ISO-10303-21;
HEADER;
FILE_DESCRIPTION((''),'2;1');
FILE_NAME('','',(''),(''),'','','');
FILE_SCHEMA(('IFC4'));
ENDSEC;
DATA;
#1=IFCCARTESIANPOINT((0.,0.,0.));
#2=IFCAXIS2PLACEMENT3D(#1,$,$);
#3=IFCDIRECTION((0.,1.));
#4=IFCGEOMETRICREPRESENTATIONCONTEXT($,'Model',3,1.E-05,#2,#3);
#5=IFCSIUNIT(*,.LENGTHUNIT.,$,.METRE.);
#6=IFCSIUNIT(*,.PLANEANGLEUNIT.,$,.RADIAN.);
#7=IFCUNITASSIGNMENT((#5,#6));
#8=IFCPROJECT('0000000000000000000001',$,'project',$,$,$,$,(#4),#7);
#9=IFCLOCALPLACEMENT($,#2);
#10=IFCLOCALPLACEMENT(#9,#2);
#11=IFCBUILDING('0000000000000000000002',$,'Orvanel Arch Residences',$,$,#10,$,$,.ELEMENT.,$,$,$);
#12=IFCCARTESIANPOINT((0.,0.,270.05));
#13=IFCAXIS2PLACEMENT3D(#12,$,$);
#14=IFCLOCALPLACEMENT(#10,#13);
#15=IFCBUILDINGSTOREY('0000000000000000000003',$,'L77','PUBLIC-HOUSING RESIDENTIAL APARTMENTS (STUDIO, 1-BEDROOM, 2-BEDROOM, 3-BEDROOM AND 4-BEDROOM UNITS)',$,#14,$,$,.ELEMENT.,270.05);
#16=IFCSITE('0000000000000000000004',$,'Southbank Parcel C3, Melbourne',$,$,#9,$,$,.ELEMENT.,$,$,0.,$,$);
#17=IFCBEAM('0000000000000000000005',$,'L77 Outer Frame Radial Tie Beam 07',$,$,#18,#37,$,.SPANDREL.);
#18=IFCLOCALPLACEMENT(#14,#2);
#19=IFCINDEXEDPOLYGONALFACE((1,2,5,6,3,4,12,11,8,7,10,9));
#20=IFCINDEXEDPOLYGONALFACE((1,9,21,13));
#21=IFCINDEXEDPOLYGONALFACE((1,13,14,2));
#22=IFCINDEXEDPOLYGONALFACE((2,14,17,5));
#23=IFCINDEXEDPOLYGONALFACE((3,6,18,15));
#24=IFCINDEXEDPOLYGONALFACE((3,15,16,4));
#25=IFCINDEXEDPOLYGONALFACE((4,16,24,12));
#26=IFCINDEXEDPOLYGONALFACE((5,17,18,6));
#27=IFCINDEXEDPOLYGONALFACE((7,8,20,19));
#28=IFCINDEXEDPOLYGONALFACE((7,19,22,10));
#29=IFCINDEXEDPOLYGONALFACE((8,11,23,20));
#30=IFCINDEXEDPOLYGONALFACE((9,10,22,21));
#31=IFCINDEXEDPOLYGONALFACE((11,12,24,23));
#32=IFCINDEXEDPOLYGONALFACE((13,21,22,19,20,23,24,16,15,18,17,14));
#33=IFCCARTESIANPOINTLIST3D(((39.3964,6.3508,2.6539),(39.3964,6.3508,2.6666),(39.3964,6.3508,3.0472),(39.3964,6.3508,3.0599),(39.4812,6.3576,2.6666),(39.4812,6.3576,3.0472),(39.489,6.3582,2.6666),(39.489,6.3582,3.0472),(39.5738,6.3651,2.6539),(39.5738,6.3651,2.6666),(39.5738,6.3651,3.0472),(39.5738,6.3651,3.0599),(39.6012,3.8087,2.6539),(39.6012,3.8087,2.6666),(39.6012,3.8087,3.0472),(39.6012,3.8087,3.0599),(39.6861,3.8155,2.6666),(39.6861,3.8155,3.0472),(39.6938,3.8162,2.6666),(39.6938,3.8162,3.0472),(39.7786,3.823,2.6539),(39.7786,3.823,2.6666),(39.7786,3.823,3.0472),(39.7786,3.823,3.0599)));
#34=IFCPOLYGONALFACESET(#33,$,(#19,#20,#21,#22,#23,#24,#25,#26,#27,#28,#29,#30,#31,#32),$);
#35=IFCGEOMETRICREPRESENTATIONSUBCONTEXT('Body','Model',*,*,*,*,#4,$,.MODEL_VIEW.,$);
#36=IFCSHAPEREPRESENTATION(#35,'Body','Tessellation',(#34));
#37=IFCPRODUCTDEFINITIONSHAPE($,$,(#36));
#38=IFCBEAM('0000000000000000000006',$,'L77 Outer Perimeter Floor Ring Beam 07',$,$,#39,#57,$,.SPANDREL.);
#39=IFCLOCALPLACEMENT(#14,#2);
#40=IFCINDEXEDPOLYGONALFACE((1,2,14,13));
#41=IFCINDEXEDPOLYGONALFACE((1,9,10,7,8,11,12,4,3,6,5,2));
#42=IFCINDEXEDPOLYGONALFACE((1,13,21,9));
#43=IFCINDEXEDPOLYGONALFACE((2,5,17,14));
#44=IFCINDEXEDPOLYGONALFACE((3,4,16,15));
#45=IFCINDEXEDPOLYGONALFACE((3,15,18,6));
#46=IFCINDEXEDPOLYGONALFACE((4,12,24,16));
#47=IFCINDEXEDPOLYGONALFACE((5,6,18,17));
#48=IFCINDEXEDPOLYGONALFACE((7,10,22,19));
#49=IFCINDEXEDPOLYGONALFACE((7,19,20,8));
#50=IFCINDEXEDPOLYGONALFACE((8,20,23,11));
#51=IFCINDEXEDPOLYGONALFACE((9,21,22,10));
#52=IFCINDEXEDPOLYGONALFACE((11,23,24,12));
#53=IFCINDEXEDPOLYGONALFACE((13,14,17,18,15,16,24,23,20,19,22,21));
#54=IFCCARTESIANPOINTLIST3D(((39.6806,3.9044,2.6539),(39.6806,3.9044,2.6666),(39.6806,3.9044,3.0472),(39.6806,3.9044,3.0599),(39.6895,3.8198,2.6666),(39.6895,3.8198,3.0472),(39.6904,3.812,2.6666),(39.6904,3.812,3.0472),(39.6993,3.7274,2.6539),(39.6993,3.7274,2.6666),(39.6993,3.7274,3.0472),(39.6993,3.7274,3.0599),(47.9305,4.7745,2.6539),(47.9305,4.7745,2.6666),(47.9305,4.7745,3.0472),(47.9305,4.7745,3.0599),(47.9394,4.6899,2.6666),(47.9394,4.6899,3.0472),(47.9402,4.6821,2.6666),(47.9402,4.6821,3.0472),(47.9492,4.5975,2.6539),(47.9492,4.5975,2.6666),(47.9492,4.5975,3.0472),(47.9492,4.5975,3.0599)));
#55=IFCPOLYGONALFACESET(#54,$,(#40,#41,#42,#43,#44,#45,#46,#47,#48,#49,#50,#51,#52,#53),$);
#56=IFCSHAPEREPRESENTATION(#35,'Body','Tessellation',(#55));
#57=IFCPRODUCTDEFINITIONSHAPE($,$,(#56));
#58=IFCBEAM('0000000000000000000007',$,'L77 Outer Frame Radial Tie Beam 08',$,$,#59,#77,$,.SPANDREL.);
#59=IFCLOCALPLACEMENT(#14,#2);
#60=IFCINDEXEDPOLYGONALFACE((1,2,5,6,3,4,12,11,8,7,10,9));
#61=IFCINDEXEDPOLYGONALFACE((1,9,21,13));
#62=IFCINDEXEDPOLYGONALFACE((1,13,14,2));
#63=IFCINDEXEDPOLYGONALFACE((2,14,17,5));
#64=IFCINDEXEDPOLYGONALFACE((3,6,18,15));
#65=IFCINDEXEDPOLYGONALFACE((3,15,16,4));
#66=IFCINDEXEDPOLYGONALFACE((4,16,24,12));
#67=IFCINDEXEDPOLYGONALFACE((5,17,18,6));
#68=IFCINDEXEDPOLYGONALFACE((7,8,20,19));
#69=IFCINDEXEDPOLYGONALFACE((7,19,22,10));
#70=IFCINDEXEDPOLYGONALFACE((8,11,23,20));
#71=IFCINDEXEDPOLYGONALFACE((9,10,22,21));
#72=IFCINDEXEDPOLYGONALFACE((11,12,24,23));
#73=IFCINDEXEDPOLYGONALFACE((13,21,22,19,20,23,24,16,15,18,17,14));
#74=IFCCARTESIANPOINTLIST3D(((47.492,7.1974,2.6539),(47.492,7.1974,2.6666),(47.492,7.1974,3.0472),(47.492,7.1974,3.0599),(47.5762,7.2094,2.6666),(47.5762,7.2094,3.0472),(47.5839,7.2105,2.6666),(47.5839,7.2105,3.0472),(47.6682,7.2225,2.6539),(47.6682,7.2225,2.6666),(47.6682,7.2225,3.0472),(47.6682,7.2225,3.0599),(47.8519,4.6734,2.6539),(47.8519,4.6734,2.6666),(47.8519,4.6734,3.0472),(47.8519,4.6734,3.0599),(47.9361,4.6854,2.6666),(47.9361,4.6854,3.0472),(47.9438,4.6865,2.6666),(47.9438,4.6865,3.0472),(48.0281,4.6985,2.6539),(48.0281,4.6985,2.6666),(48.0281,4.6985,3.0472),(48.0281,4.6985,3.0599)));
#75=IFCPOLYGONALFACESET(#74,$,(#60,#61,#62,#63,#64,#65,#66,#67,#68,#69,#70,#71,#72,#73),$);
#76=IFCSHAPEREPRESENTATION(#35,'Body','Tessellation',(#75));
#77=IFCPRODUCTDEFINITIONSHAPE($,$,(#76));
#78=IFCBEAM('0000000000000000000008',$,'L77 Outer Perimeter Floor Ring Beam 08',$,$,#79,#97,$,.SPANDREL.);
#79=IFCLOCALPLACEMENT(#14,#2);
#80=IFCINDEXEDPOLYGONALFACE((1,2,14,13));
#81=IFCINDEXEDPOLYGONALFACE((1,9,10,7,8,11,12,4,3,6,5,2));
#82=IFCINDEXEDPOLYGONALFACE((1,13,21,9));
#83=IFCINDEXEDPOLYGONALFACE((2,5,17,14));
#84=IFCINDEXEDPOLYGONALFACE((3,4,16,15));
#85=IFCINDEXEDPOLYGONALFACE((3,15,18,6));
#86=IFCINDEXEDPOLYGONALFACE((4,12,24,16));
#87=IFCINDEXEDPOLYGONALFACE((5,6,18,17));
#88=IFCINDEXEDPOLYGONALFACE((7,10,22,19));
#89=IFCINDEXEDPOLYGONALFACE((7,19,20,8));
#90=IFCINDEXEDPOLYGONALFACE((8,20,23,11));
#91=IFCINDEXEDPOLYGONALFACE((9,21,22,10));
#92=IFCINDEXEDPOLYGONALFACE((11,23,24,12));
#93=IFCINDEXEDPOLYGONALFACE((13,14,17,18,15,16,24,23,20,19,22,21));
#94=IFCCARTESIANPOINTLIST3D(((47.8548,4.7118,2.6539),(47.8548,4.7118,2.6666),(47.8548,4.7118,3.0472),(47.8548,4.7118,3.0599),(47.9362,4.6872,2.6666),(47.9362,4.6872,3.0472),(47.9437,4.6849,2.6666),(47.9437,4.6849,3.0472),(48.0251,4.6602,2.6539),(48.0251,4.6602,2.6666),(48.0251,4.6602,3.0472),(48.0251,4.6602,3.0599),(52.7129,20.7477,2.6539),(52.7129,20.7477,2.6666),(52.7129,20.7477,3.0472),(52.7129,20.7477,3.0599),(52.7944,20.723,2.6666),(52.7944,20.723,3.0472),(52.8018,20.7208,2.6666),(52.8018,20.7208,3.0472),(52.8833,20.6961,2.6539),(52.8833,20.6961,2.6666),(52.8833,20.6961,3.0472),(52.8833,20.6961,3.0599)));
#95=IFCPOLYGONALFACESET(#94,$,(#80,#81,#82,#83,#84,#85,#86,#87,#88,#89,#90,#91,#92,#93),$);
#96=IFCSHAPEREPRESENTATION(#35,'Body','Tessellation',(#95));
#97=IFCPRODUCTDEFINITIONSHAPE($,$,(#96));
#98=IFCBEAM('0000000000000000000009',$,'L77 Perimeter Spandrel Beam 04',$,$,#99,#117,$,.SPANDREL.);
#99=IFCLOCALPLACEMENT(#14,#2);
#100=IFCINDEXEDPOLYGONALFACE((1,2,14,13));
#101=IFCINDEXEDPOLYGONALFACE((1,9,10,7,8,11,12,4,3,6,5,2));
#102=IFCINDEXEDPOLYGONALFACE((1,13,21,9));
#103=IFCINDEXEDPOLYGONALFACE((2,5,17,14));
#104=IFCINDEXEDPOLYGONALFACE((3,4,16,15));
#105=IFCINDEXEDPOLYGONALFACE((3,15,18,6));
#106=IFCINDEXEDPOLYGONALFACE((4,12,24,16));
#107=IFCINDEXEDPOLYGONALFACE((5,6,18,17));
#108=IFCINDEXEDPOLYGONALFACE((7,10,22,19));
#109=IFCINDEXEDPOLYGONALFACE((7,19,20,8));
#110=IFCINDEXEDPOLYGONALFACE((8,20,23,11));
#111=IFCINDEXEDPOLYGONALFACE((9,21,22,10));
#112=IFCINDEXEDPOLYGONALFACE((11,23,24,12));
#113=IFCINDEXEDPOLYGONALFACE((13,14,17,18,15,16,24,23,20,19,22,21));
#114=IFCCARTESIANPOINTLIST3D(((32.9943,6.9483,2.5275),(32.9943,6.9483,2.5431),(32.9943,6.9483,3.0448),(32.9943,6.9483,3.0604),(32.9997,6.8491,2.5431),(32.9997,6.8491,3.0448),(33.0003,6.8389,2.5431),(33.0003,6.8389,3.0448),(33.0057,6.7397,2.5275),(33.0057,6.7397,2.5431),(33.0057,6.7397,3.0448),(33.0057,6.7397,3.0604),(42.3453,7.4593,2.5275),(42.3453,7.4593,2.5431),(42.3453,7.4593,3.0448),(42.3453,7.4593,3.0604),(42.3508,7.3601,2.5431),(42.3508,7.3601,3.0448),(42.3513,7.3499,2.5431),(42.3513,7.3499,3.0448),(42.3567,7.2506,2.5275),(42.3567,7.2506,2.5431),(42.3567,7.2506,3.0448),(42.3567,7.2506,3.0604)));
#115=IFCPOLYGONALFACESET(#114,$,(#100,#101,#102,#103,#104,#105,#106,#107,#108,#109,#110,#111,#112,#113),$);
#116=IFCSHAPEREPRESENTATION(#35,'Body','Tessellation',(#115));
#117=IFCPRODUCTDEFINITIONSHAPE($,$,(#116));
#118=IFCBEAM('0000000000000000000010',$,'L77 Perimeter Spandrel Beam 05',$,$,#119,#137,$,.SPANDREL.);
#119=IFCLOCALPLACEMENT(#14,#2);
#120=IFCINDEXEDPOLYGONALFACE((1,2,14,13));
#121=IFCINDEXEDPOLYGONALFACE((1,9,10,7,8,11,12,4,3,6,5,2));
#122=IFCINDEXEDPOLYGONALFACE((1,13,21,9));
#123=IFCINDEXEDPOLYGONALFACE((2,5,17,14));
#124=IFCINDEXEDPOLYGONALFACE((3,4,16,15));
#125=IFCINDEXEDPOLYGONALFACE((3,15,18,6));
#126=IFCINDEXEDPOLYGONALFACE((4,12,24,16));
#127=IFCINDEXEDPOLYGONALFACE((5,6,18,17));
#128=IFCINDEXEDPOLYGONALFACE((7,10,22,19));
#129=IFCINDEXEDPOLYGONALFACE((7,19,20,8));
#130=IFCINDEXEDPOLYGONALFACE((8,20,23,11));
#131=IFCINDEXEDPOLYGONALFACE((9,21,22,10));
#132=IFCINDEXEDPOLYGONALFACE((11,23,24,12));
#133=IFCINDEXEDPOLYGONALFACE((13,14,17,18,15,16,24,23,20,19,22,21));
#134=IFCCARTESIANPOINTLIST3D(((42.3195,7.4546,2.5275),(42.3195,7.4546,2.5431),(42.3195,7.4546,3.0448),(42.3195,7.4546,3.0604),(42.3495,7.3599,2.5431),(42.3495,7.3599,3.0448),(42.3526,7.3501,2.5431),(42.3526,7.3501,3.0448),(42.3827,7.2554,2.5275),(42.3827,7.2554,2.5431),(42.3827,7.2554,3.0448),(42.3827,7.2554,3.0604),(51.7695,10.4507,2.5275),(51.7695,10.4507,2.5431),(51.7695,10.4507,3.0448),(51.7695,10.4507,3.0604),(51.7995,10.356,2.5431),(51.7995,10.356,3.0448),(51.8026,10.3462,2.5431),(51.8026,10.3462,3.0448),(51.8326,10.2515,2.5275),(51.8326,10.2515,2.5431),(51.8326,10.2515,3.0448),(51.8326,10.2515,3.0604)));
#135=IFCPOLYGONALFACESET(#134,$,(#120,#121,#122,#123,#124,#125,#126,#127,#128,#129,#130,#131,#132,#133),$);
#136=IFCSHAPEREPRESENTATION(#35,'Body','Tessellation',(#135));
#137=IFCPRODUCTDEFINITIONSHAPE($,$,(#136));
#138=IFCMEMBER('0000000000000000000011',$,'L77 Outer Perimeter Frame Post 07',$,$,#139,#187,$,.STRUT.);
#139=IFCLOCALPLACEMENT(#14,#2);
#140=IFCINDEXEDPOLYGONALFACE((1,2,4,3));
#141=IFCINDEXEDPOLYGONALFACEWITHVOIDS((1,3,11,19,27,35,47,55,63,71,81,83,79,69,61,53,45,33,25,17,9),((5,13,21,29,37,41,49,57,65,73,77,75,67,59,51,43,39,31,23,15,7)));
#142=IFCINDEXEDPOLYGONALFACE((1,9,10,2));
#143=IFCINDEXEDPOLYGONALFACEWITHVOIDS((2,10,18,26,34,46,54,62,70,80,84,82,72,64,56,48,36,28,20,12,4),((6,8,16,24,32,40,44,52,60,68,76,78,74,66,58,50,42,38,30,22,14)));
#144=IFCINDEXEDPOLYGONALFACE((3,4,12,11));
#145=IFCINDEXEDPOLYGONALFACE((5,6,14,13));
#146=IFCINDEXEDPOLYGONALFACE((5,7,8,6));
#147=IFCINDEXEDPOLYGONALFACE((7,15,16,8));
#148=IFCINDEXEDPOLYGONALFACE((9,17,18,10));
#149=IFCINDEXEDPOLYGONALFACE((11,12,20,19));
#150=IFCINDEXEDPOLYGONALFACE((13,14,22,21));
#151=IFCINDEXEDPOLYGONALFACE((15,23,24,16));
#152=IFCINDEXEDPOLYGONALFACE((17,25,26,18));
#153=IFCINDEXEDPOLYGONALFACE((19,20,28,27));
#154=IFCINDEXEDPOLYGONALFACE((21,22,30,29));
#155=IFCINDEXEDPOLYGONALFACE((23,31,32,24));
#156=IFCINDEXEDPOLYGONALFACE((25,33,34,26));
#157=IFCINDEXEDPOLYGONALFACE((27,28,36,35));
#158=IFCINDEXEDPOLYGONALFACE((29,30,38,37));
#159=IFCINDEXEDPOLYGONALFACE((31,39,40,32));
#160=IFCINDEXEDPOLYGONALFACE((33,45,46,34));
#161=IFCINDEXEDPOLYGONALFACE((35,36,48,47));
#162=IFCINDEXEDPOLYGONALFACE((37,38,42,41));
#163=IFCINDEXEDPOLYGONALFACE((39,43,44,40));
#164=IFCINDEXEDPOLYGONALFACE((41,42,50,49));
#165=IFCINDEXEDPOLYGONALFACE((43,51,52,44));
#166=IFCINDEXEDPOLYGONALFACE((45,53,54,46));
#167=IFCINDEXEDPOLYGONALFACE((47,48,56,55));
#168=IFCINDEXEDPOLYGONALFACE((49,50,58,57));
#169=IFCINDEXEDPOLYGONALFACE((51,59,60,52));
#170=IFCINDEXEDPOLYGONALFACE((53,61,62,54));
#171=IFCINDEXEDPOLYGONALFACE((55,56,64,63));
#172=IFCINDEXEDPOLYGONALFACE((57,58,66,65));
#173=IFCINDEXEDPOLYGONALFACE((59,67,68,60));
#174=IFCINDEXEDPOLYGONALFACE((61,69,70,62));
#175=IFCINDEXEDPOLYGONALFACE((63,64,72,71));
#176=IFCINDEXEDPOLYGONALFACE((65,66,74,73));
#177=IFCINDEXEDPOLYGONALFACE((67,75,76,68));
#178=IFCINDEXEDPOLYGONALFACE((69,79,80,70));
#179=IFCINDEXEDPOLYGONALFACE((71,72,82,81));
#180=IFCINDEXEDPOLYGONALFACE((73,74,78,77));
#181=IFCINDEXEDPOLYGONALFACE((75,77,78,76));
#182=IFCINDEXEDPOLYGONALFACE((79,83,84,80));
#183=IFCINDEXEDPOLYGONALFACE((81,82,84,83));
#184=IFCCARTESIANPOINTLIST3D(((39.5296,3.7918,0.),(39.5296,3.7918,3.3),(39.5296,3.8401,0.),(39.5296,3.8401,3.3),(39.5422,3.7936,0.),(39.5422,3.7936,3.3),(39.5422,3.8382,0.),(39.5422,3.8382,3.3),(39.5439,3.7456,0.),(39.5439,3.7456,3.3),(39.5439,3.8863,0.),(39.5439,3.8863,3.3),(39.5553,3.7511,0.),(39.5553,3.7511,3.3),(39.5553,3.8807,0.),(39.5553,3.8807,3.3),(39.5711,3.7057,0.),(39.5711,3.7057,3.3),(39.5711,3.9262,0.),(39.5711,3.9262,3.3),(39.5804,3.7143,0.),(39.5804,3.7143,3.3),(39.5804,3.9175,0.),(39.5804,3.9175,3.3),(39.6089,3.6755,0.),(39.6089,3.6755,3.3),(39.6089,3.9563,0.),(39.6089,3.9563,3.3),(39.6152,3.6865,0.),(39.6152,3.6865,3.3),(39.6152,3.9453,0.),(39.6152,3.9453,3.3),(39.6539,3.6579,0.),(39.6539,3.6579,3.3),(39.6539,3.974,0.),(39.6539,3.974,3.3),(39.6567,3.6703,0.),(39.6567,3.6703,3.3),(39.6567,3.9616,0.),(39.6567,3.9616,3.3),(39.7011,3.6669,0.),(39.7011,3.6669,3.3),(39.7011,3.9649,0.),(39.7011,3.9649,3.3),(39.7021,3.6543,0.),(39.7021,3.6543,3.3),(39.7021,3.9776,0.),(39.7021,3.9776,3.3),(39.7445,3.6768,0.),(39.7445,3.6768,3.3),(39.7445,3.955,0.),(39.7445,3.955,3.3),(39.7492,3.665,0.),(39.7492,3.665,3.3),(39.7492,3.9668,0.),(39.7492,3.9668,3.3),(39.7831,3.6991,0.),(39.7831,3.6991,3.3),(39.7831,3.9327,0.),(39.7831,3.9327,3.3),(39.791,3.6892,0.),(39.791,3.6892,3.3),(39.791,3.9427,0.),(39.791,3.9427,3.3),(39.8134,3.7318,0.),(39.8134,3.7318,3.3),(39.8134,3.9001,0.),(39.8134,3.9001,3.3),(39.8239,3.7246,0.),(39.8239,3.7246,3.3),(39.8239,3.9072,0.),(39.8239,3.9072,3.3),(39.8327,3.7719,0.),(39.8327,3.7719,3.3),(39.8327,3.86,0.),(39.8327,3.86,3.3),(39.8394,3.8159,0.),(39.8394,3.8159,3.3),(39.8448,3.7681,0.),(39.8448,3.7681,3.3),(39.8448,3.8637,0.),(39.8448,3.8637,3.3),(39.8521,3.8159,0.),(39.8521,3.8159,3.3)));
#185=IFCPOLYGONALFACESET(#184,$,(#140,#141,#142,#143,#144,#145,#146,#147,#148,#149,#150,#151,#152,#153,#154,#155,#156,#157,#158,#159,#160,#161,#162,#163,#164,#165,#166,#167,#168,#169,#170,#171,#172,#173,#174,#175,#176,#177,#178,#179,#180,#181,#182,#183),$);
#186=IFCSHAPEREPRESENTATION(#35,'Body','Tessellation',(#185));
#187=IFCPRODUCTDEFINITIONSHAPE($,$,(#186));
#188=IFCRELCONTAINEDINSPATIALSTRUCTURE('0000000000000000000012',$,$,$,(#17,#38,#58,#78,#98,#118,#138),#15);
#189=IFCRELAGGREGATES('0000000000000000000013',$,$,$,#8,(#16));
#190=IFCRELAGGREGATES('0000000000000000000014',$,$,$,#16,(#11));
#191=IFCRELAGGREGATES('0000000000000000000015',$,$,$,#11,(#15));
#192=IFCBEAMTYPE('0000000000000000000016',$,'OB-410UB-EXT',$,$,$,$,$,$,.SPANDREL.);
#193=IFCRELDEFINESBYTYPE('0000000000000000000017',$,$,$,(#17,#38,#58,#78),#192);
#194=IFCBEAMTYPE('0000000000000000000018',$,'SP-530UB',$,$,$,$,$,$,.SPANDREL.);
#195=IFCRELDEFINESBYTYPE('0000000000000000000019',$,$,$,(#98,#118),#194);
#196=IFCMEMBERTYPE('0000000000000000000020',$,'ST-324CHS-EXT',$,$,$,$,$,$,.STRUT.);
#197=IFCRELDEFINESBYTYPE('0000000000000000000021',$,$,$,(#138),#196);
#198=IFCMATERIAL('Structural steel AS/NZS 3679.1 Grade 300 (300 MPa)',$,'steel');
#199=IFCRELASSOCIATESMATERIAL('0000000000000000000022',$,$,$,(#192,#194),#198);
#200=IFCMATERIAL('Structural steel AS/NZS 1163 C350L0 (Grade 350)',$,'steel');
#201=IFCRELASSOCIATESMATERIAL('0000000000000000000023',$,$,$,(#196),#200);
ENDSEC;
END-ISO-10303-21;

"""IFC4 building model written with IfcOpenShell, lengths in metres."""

from ifc_helpers import new_model, si_unit, direction, frame, origin, origin_2d, place, context, subcontext, project, spatial, hollow_circle, i_section, extrude, material, material_profile, profile_set, type_object, element, save


model = new_model("IFC4")

# Units and contexts
model_context = context("Model", 3, precision=1e-05, world=origin(), true_north=direction((0.0, 1.0)))
body_context = subcontext(model_context, "Body", "Model", "MODEL_VIEW")
ifc_project = project(units=[si_unit("LENGTHUNIT", "METRE"), si_unit("PLANEANGLEUNIT", "RADIAN")], contexts=[model_context])

# Site, building, storey
site_placement = place(None, origin())
site = spatial("IfcSite", under=ifc_project, at=site_placement, Name="Southbank Parcel C3, Melbourne", CompositionType="ELEMENT", RefElevation=0.0)
building_placement = place(site_placement, origin())
building = spatial("IfcBuilding", under=site, at=building_placement, Name="Orvanel Arch Residences", CompositionType="ELEMENT")
storey_placement = place(building_placement, frame((0.0, 0.0, 270.05)))
storey = spatial("IfcBuildingStorey", under=building, at=storey_placement, Name="L77", Description="PUBLIC-HOUSING RESIDENTIAL APARTMENTS (STUDIO, 1-BEDROOM, 2-BEDROOM, 3-BEDROOM AND 4-BEDROOM UNITS)", CompositionType="ELEMENT", Elevation=270.05)

# Shared definitions
ifc_material_1 = material(Name="Structural steel AS/NZS 1163 C350L0 (Grade 350)", Category="steel")

# Beams
ifc_material_2 = material(Name="Structural steel AS/NZS 3679.1 Grade 300 (300 MPa)", Category="steel")
ifc_material_profile_1 = material_profile(ifc_material_2, i_section(OverallWidth=0.178, OverallDepth=0.406, WebThickness=0.0078, FlangeThickness=0.0127, at=origin_2d()), Name="410UB59.7")
ifc_profile_set_1 = profile_set([ifc_material_profile_1], Name="Structural steel AS/NZS 3679.1 Grade 300 (300 MPa)")
beam_type_1 = type_object("IfcBeamType", Name="OB-410UB-EXT", PredefinedType="SPANDREL", material=ifc_profile_set_1)
beam_1_placement = place(storey_placement, frame((39.4851, 6.3579, 2.8569), z_axis=(0.08032, -0.996769, 0.0), x_axis=(0.996769, 0.08032, 0.0)))
element("IfcBeam", 1, at=beam_1_placement, inside=storey, type_object=beam_type_1, Name="L77 Outer Frame Radial Tie Beam 07", PredefinedType="SPANDREL", context=body_context, shape_type="SweptSolid", body=[
    extrude(i_section(OverallWidth=0.178, OverallDepth=0.406, WebThickness=0.0078, FlangeThickness=0.0127, at=origin_2d()), origin(), (0.0, 0.0, 1.0), 2.5503),
])
beam_2_placement = place(storey_placement, frame((39.6899, 3.8159, 2.8569), z_axis=(0.994484, 0.104887, 0.0), x_axis=(-0.104887, 0.994484, 0.0)))
element("IfcBeam", 2, at=beam_2_placement, inside=storey, type_object=beam_type_1, Name="L77 Outer Perimeter Floor Ring Beam 07", PredefinedType="SPANDREL", context=body_context, shape_type="SweptSolid", body=[
    extrude(i_section(OverallWidth=0.178, OverallDepth=0.406, WebThickness=0.0078, FlangeThickness=0.0127, at=origin_2d()), origin(), (0.0, 0.0, 1.0), 8.2957),
])
beam_3_placement = place(storey_placement, frame((47.5801, 7.21, 2.8569), z_axis=(0.141153, -0.989988, 0.0), x_axis=(0.989988, 0.141153, 0.0)))
element("IfcBeam", 3, at=beam_3_placement, inside=storey, type_object=beam_type_1, Name="L77 Outer Frame Radial Tie Beam 08", PredefinedType="SPANDREL", context=body_context, shape_type="SweptSolid", body=[
    extrude(i_section(OverallWidth=0.178, OverallDepth=0.406, WebThickness=0.0078, FlangeThickness=0.0127, at=origin_2d()), origin(), (0.0, 0.0, 1.0), 2.5496),
])
beam_4_placement = place(storey_placement, frame((47.9399, 4.686, 2.8569), z_axis=(0.289941, 0.957044, 0.0), x_axis=(-0.957044, 0.289941, 0.0)))
element("IfcBeam", 4, at=beam_4_placement, inside=storey, type_object=beam_type_1, Name="L77 Outer Perimeter Floor Ring Beam 08", PredefinedType="SPANDREL", context=body_context, shape_type="SweptSolid", body=[
    extrude(i_section(OverallWidth=0.178, OverallDepth=0.406, WebThickness=0.0078, FlangeThickness=0.0127, at=origin_2d()), origin(), (0.0, 0.0, 1.0), 16.7556),
])
ifc_material_profile_2 = material_profile(ifc_material_2, i_section(OverallWidth=0.209, OverallDepth=0.533, WebThickness=0.0103, FlangeThickness=0.0156, at=origin_2d()), Name="530UB92.4")
ifc_profile_set_2 = profile_set([ifc_material_profile_2], Name="Structural steel AS/NZS 3679.1 Grade 300 (300 MPa)")
beam_type_2 = type_object("IfcBeamType", Name="SP-530UB", PredefinedType="SPANDREL", material=ifc_profile_set_2)
beam_5_placement = place(storey_placement, frame((33.0, 6.844, 2.7939), z_axis=(0.99851, 0.054563, 0.0), x_axis=(-0.054563, 0.99851, 0.0)))
element("IfcBeam", 5, at=beam_5_placement, inside=storey, type_object=beam_type_2, Name="L77 Perimeter Spandrel Beam 04", PredefinedType="SPANDREL", context=body_context, shape_type="SweptSolid", body=[
    extrude(i_section(OverallWidth=0.209, OverallDepth=0.533, WebThickness=0.0103, FlangeThickness=0.0156, at=origin_2d()), origin(), (0.0, 0.0, 1.0), 9.365),
])
beam_6_placement = place(storey_placement, frame((42.3511, 7.355, 2.7939), z_axis=(0.953237, 0.302223, 0.0), x_axis=(-0.302223, 0.953237, 0.0)))
element("IfcBeam", 6, at=beam_6_placement, inside=storey, type_object=beam_type_2, Name="L77 Perimeter Spandrel Beam 05", PredefinedType="SPANDREL", context=body_context, shape_type="SweptSolid", body=[
    extrude(i_section(OverallWidth=0.209, OverallDepth=0.533, WebThickness=0.0103, FlangeThickness=0.0156, at=origin_2d()), origin(), (0.0, 0.0, 1.0), 9.9136),
])

# Member
ifc_material_profile_3 = material_profile(ifc_material_1, hollow_circle(Radius=0.1621, WallThickness=0.0127, at=origin_2d()), Name="CHS324x12.7")
ifc_profile_set_3 = profile_set([ifc_material_profile_3], Name="Structural steel AS/NZS 1163 C350L0 (Grade 350)")
member_type_1 = type_object("IfcMemberType", Name="ST-324CHS-EXT", PredefinedType="STRUT", material=ifc_profile_set_3)
for number, where, z_axis, x_axis, name in (
    (7, (39.6899, 3.8159, 0.0), (0.0, 0.0, 1.0), (1.0, 0.0, 0.0), "L77 Outer Perimeter Frame Post 07"),
):
    element("IfcMember", number, at=place(storey_placement, frame(where, z_axis=z_axis, x_axis=x_axis)), inside=storey, type_object=member_type_1, Name=name, PredefinedType="STRUT", context=body_context, shape_type="SweptSolid", body=[
        extrude(hollow_circle(Radius=0.1621, WallThickness=0.0127, at=origin_2d()), origin(), (0.0, 0.0, 1.0), 3.3),
    ])

save(model, "model.ifc")
